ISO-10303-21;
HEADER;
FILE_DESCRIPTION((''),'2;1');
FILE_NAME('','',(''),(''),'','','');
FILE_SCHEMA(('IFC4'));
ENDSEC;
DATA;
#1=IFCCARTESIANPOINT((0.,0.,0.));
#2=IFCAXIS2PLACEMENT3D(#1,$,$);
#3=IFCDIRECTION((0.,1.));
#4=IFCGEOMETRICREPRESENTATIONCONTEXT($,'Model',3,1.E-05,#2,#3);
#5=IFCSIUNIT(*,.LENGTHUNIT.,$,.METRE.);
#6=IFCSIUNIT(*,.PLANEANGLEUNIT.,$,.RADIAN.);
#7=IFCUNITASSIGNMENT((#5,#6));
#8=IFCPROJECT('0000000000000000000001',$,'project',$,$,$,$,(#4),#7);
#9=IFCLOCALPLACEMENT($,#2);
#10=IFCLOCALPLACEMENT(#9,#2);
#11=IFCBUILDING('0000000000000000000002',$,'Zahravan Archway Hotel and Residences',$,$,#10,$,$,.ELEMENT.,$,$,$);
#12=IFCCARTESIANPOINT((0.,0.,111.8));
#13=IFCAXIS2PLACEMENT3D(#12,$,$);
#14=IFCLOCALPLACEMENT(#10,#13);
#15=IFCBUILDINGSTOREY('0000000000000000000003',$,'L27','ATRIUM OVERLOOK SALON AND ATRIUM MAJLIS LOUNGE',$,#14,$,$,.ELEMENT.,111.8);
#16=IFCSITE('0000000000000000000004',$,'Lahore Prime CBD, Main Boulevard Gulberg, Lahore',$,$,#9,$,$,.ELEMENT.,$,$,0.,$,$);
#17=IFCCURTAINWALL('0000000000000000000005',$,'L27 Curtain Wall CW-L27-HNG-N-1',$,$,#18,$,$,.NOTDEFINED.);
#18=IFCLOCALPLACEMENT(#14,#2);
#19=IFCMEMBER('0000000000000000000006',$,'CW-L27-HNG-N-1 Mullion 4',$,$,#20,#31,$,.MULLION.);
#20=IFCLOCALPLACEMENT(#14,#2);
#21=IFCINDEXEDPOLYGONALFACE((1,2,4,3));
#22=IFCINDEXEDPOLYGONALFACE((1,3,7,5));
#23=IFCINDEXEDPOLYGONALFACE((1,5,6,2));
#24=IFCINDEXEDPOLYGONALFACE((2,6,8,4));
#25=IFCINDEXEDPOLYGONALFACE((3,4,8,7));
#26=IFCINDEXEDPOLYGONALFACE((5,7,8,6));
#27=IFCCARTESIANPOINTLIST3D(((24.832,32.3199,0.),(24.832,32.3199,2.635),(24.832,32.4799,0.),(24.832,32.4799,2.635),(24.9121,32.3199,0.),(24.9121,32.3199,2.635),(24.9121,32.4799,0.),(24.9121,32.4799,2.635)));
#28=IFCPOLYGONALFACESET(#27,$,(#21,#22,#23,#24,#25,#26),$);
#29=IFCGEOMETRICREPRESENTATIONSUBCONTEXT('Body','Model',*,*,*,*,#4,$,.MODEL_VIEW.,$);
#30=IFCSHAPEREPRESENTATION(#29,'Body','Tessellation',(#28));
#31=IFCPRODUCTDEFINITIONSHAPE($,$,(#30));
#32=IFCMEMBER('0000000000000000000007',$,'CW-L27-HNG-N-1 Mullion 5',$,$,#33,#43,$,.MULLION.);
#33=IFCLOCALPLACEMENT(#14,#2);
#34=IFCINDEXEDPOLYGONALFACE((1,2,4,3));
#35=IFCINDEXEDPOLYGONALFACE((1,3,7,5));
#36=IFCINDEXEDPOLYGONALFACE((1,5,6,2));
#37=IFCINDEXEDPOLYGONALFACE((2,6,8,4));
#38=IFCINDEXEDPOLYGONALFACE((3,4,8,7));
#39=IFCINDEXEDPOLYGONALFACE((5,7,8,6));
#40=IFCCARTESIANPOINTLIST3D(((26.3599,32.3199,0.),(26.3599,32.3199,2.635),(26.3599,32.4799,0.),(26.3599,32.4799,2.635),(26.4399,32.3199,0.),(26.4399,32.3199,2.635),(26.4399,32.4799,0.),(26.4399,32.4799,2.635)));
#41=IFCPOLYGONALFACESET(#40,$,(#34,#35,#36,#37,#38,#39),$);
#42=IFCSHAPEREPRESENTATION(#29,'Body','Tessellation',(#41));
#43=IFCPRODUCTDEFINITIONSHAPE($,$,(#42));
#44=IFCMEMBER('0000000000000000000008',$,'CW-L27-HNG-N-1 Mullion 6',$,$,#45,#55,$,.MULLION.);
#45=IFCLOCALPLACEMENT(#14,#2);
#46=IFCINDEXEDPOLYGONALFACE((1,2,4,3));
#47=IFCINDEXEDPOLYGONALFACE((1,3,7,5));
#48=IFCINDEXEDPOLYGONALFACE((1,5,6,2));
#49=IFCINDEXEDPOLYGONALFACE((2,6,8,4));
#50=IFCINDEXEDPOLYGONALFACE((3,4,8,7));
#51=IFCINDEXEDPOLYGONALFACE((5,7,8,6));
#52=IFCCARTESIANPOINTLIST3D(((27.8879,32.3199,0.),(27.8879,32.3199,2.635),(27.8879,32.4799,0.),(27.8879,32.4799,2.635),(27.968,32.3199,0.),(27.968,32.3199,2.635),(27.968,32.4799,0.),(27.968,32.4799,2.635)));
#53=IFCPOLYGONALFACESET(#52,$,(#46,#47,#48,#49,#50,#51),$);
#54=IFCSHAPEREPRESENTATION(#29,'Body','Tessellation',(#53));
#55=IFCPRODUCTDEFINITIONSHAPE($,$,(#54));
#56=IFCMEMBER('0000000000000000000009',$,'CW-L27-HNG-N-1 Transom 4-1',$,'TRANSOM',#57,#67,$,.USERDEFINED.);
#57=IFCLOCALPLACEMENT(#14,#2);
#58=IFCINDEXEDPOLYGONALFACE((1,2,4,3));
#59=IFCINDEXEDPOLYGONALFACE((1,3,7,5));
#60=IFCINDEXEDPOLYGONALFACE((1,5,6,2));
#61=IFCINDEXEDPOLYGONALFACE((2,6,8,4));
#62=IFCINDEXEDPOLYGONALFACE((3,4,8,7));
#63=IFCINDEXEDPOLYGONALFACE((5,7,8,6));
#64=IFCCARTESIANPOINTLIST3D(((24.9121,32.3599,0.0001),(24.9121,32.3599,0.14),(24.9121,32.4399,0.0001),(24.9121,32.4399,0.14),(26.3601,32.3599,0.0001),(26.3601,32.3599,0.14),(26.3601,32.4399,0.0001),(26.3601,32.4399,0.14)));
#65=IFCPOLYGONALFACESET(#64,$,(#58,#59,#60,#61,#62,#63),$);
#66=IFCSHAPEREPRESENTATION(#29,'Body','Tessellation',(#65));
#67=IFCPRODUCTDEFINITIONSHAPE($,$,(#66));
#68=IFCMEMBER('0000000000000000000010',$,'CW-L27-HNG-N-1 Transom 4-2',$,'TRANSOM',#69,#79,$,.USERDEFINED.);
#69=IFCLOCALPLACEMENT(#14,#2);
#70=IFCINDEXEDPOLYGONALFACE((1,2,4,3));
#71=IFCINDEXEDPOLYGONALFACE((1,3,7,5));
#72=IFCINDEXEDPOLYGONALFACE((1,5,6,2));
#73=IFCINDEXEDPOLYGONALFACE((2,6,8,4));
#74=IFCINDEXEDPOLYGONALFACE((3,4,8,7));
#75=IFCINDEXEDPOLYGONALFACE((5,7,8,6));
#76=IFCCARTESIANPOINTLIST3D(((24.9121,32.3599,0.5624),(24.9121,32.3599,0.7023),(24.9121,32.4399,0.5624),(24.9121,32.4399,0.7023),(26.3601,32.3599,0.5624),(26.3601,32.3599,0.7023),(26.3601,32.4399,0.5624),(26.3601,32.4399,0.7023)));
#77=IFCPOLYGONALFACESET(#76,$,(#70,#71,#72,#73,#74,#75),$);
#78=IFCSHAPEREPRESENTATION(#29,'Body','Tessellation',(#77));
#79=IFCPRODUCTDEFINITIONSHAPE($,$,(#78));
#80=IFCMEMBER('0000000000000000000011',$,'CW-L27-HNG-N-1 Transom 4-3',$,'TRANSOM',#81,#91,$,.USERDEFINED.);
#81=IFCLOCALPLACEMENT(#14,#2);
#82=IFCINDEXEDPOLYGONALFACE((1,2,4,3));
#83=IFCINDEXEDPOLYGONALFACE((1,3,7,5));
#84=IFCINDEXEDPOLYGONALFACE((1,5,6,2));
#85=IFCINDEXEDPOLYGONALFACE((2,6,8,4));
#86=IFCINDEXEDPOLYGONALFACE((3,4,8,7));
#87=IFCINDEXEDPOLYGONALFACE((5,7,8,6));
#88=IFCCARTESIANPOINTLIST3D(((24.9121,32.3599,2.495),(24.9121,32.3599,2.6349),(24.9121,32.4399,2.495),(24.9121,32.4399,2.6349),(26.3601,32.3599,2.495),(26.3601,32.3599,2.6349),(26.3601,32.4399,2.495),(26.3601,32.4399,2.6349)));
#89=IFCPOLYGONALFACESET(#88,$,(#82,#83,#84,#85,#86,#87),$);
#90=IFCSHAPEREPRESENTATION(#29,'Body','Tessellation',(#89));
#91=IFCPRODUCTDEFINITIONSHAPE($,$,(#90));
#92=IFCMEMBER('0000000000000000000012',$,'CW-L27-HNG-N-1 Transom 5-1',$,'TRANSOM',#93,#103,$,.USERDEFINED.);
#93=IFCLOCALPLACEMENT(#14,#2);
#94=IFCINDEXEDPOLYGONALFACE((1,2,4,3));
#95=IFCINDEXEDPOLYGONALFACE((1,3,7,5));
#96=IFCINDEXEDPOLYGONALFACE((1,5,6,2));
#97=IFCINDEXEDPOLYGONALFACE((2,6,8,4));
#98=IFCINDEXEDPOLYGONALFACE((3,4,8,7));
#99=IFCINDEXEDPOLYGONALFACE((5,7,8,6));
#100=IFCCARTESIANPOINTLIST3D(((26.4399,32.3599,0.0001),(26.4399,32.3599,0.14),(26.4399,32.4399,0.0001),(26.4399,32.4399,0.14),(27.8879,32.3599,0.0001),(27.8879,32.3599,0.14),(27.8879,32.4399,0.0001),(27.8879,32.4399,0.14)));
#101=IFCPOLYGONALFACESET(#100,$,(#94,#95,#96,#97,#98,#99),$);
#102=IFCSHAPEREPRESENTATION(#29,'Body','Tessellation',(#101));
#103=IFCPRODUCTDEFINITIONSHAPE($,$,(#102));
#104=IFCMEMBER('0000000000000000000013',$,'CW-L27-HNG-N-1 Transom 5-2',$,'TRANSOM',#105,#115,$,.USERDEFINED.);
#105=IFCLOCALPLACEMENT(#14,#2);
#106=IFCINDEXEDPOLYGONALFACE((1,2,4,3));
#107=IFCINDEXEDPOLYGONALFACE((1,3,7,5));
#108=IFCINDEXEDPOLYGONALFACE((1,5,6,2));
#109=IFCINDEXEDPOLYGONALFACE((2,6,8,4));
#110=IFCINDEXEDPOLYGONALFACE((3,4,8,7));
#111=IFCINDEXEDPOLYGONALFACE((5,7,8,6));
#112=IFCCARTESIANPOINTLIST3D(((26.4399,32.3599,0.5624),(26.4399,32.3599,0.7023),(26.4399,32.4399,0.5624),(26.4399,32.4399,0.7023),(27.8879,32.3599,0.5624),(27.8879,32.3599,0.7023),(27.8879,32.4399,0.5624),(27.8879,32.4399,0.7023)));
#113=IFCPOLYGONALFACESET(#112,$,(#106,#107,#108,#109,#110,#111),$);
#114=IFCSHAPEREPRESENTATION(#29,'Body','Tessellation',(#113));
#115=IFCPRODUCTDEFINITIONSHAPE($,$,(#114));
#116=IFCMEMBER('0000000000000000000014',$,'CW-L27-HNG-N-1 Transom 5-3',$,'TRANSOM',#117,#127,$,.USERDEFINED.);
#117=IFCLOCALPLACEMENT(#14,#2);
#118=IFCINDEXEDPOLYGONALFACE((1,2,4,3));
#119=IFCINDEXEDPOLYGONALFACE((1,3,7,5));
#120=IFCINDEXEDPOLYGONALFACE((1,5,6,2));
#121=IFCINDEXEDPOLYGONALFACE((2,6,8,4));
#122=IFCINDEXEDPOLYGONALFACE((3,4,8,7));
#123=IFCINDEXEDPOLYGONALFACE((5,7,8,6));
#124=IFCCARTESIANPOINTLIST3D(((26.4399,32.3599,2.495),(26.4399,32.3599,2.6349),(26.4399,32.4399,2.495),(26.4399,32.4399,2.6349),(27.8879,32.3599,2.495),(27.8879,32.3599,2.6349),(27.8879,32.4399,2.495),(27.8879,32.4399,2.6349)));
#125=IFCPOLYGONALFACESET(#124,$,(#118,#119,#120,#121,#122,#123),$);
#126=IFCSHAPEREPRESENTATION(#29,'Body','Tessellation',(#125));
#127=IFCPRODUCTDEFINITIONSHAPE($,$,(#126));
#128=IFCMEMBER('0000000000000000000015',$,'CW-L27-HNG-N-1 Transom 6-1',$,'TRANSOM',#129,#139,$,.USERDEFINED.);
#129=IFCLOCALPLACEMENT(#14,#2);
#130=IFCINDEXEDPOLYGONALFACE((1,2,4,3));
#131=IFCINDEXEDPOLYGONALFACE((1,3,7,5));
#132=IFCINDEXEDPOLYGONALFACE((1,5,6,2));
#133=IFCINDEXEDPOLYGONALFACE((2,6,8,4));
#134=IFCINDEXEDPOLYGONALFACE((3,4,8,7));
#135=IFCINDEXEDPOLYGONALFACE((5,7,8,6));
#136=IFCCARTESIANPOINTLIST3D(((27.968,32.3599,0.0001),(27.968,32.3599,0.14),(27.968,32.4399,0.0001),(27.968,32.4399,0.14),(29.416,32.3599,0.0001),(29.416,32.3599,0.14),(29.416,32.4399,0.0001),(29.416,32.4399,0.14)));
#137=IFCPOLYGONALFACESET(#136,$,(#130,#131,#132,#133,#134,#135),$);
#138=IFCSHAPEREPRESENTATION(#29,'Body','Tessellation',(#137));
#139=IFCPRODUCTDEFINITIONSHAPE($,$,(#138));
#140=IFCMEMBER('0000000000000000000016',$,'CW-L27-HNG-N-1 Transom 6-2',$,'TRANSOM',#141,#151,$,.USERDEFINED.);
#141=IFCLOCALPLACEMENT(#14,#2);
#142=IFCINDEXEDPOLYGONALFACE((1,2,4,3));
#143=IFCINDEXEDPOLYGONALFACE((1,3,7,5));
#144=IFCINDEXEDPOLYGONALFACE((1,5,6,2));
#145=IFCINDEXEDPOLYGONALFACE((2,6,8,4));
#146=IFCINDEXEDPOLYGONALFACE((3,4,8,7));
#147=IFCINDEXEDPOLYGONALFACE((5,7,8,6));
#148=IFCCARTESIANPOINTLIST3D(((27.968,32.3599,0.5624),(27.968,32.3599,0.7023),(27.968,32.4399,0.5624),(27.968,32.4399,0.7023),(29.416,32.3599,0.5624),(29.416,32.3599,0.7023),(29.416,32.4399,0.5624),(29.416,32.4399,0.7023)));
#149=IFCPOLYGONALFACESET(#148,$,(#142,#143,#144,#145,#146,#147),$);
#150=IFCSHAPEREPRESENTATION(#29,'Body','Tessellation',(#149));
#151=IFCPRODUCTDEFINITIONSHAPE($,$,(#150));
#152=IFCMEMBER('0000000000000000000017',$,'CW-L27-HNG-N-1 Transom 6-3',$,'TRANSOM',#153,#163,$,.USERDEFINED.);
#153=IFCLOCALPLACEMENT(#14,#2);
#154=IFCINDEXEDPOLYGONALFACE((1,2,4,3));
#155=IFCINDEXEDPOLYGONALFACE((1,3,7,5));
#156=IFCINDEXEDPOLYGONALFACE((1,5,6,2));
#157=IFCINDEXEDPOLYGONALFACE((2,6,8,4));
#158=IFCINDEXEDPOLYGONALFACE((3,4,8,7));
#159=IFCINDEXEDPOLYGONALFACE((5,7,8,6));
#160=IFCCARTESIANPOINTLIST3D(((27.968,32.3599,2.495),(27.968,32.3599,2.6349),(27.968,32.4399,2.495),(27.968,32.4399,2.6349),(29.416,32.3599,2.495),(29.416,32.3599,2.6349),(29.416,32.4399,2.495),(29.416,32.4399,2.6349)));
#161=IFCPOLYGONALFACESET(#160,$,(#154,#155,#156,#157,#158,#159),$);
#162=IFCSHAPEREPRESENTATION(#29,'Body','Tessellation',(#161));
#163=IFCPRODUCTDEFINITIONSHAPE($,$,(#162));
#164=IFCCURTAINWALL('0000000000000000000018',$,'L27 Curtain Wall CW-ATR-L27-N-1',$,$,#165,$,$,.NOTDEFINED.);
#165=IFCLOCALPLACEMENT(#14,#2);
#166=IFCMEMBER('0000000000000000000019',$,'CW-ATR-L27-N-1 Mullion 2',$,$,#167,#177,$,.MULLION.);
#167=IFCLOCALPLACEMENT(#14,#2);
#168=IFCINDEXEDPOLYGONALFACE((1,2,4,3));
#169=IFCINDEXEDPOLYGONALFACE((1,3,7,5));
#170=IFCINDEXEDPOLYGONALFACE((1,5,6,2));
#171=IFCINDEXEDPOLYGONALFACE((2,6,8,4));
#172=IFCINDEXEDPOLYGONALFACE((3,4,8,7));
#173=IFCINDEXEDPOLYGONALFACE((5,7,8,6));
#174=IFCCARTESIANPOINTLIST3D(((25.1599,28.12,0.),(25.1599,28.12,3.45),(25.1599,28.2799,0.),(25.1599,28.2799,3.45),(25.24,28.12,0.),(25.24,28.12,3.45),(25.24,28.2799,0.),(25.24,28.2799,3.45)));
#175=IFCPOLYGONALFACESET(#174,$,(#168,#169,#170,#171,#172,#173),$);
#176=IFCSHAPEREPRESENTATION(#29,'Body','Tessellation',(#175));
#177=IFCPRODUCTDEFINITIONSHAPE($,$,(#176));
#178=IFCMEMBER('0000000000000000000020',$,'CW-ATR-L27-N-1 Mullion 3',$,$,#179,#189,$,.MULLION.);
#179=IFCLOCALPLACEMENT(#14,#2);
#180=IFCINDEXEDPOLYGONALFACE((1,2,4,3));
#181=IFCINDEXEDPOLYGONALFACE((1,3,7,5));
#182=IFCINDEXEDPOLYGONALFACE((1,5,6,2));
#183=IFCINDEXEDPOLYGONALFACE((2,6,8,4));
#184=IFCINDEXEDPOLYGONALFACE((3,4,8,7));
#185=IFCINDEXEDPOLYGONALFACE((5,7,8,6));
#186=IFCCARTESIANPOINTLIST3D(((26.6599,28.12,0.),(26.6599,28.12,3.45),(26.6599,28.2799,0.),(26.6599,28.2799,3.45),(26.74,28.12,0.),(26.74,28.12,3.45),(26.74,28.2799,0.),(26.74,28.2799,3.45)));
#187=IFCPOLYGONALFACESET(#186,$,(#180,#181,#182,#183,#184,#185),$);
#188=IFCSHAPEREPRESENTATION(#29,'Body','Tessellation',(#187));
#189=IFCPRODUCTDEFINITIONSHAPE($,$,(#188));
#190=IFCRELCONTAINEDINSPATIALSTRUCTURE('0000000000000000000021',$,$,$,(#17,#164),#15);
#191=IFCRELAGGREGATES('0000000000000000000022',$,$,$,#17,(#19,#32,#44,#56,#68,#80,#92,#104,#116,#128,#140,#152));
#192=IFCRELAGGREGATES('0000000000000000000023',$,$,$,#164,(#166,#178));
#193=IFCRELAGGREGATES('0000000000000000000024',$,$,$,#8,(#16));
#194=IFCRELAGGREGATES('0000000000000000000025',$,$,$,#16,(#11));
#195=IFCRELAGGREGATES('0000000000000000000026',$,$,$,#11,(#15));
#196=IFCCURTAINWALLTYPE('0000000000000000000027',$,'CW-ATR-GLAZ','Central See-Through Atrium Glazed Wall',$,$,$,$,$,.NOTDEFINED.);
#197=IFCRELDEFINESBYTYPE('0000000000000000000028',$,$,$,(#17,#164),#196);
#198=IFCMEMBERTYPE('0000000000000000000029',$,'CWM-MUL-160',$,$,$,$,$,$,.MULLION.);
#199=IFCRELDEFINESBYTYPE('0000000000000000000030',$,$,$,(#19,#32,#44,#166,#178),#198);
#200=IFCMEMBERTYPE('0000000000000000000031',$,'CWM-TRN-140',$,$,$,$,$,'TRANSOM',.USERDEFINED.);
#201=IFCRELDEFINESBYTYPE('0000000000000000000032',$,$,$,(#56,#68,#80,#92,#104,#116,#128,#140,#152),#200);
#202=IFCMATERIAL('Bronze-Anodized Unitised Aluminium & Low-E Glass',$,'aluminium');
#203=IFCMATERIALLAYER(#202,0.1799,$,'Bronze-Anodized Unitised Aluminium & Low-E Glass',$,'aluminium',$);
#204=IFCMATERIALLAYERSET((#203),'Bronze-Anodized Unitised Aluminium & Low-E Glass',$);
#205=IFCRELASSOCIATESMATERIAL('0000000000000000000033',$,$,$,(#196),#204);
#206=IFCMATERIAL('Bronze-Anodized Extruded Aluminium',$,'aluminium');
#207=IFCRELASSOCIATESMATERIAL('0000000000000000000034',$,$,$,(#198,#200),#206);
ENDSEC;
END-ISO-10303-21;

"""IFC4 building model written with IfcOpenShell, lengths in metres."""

from ifc_helpers import new_model, si_unit, direction, frame, origin, origin_2d, place, context, subcontext, project, spatial, rectangle, extrude, source, transform, mapped, material, layer, layer_set, material_profile, profile_set, type_object, element, aggregate, save


model = new_model("IFC4")

# Units and contexts
model_context = context("Model", 3, precision=1e-05, world=origin(), true_north=direction((0.0, 1.0)))
body_context = subcontext(model_context, "Body", "Model", "MODEL_VIEW")
ifc_project = project(units=[si_unit("LENGTHUNIT", "METRE"), si_unit("PLANEANGLEUNIT", "RADIAN")], contexts=[model_context])

# Site, building, storey
site_placement = place(None, origin())
site = spatial("IfcSite", under=ifc_project, at=site_placement, Name="Lahore Prime CBD, Main Boulevard Gulberg, Lahore", CompositionType="ELEMENT", RefElevation=0.0)
building_placement = place(site_placement, origin())
building = spatial("IfcBuilding", under=site, at=building_placement, Name="Zahravan Archway Hotel and Residences", CompositionType="ELEMENT")
storey_placement = place(building_placement, frame((0.0, 0.0, 111.8)))
storey = spatial("IfcBuildingStorey", under=building, at=storey_placement, Name="L27", Description="ATRIUM OVERLOOK SALON AND ATRIUM MAJLIS LOUNGE", CompositionType="ELEMENT", Elevation=111.8)

# Curtain walls, members
ifc_material_1 = material(Name="Bronze-Anodized Unitised Aluminium & Low-E Glass", Category="aluminium")
ifc_layer_1 = layer(ifc_material_1, 0.1799, Name="Bronze-Anodized Unitised Aluminium & Low-E Glass", Category="aluminium")
ifc_layer_set_1 = layer_set([ifc_layer_1], Name="Bronze-Anodized Unitised Aluminium & Low-E Glass")
curtain_wall_type = type_object("IfcCurtainWallType", Name="CW-ATR-GLAZ", Description="Central See-Through Atrium Glazed Wall", PredefinedType="NOTDEFINED", material=ifc_layer_set_1)
curtain_wall_1_placement = place(storey_placement, origin())
curtain_wall_1 = element("IfcCurtainWall", 1, at=curtain_wall_1_placement, inside=storey, type_object=curtain_wall_type, Name="L27 Curtain Wall CW-L27-HNG-N-1", PredefinedType="NOTDEFINED")
ifc_material_2 = material(Name="Bronze-Anodized Extruded Aluminium", Category="aluminium")
ifc_material_profile_1 = material_profile(ifc_material_2, rectangle(XDim=0.0801, YDim=0.1599, at=origin_2d()), Name="MUL 80x160", Category="aluminium")
ifc_profile_set_1 = profile_set([ifc_material_profile_1], Name="Bronze-Anodized Extruded Aluminium")
member_type_1 = type_object("IfcMemberType", Name="CWM-MUL-160", PredefinedType="MULLION", material=ifc_profile_set_1)
shared_shape_1 = source(origin(), body_context, "Body", "SweptSolid", [
    extrude(rectangle(XDim=0.0801, YDim=0.1599, at=origin_2d()), origin(), (0.0, 0.0, 1.0), 2.635),
])
member_1_placement = place(storey_placement, frame((24.8721, 32.3999, 0.0), z_axis=(0.0, 0.0, 1.0), x_axis=(1.0, 0.0, 0.0)))
member_1 = element("IfcMember", 2, at=member_1_placement, type_object=member_type_1, Name="CW-L27-HNG-N-1 Mullion 4", PredefinedType="MULLION", context=body_context, shape_type="MappedRepresentation", body=[
    mapped(shared_shape_1, transform((0.0, 0.0, 0.0), scale=1.0)),
])
member_2_placement = place(storey_placement, frame((26.3999, 32.3999, 0.0), z_axis=(0.0, 0.0, 1.0), x_axis=(1.0, 0.0, 0.0)))
member_2 = element("IfcMember", 3, at=member_2_placement, type_object=member_type_1, Name="CW-L27-HNG-N-1 Mullion 5", PredefinedType="MULLION", context=body_context, shape_type="MappedRepresentation", body=[
    mapped(shared_shape_1, transform((0.0, 0.0, 0.0), scale=1.0)),
])
member_3_placement = place(storey_placement, frame((27.928, 32.3999, 0.0), z_axis=(0.0, 0.0, 1.0), x_axis=(1.0, 0.0, 0.0)))
member_3 = element("IfcMember", 4, at=member_3_placement, type_object=member_type_1, Name="CW-L27-HNG-N-1 Mullion 6", PredefinedType="MULLION", context=body_context, shape_type="MappedRepresentation", body=[
    mapped(shared_shape_1, transform((0.0, 0.0, 0.0), scale=1.0)),
])
ifc_material_profile_2 = material_profile(ifc_material_2, rectangle(XDim=0.0801, YDim=0.1399, at=origin_2d()), Name="TRN 80x140", Category="aluminium")
ifc_profile_set_2 = profile_set([ifc_material_profile_2], Name="Bronze-Anodized Extruded Aluminium")
member_type_2 = type_object("IfcMemberType", Name="CWM-TRN-140", ElementType="TRANSOM", PredefinedType="USERDEFINED", material=ifc_profile_set_2)
shared_shape_2 = source(origin(), body_context, "Body", "SweptSolid", [
    extrude(rectangle(XDim=0.0801, YDim=0.1399, at=origin_2d()), origin(), (0.0, 0.0, 1.0), 1.448),
])
member_4_placement = place(storey_placement, frame((24.9121, 32.3999, 0.0701), z_axis=(1.0, 0.0, 0.0), x_axis=(0.0, 1.0, 0.0)))
member_4 = element("IfcMember", 5, at=member_4_placement, type_object=member_type_2, Name="CW-L27-HNG-N-1 Transom 4-1", ObjectType="TRANSOM", PredefinedType="USERDEFINED", context=body_context, shape_type="MappedRepresentation", body=[
    mapped(shared_shape_2, transform((0.0, 0.0, 0.0), scale=1.0)),
])
member_5_placement = place(storey_placement, frame((24.9121, 32.3999, 0.6323), z_axis=(1.0, 0.0, 0.0), x_axis=(0.0, 1.0, 0.0)))
member_5 = element("IfcMember", 6, at=member_5_placement, type_object=member_type_2, Name="CW-L27-HNG-N-1 Transom 4-2", ObjectType="TRANSOM", PredefinedType="USERDEFINED", context=body_context, shape_type="MappedRepresentation", body=[
    mapped(shared_shape_2, transform((0.0, 0.0, 0.0), scale=1.0)),
])
member_6_placement = place(storey_placement, frame((24.9121, 32.3999, 2.5649), z_axis=(1.0, 0.0, 0.0), x_axis=(0.0, 1.0, 0.0)))
member_6 = element("IfcMember", 7, at=member_6_placement, type_object=member_type_2, Name="CW-L27-HNG-N-1 Transom 4-3", ObjectType="TRANSOM", PredefinedType="USERDEFINED", context=body_context, shape_type="MappedRepresentation", body=[
    mapped(shared_shape_2, transform((0.0, 0.0, 0.0), scale=1.0)),
])
member_7_placement = place(storey_placement, frame((26.4399, 32.3999, 0.0701), z_axis=(1.0, 0.0, 0.0), x_axis=(0.0, 1.0, 0.0)))
member_7 = element("IfcMember", 8, at=member_7_placement, type_object=member_type_2, Name="CW-L27-HNG-N-1 Transom 5-1", ObjectType="TRANSOM", PredefinedType="USERDEFINED", context=body_context, shape_type="MappedRepresentation", body=[
    mapped(shared_shape_2, transform((0.0, 0.0, 0.0), scale=1.0)),
])
member_8_placement = place(storey_placement, frame((26.4399, 32.3999, 0.6323), z_axis=(1.0, 0.0, 0.0), x_axis=(0.0, 1.0, 0.0)))
member_8 = element("IfcMember", 9, at=member_8_placement, type_object=member_type_2, Name="CW-L27-HNG-N-1 Transom 5-2", ObjectType="TRANSOM", PredefinedType="USERDEFINED", context=body_context, shape_type="MappedRepresentation", body=[
    mapped(shared_shape_2, transform((0.0, 0.0, 0.0), scale=1.0)),
])
member_9_placement = place(storey_placement, frame((26.4399, 32.3999, 2.5649), z_axis=(1.0, 0.0, 0.0), x_axis=(0.0, 1.0, 0.0)))
member_9 = element("IfcMember", 10, at=member_9_placement, type_object=member_type_2, Name="CW-L27-HNG-N-1 Transom 5-3", ObjectType="TRANSOM", PredefinedType="USERDEFINED", context=body_context, shape_type="MappedRepresentation", body=[
    mapped(shared_shape_2, transform((0.0, 0.0, 0.0), scale=1.0)),
])
member_10_placement = place(storey_placement, frame((27.968, 32.3999, 0.0701), z_axis=(1.0, 0.0, 0.0), x_axis=(0.0, 1.0, 0.0)))
member_10 = element("IfcMember", 11, at=member_10_placement, type_object=member_type_2, Name="CW-L27-HNG-N-1 Transom 6-1", ObjectType="TRANSOM", PredefinedType="USERDEFINED", context=body_context, shape_type="MappedRepresentation", body=[
    mapped(shared_shape_2, transform((0.0, 0.0, 0.0), scale=1.0)),
])
member_11_placement = place(storey_placement, frame((27.968, 32.3999, 0.6323), z_axis=(1.0, 0.0, 0.0), x_axis=(0.0, 1.0, 0.0)))
member_11 = element("IfcMember", 12, at=member_11_placement, type_object=member_type_2, Name="CW-L27-HNG-N-1 Transom 6-2", ObjectType="TRANSOM", PredefinedType="USERDEFINED", context=body_context, shape_type="MappedRepresentation", body=[
    mapped(shared_shape_2, transform((0.0, 0.0, 0.0), scale=1.0)),
])
member_12_placement = place(storey_placement, frame((27.968, 32.3999, 2.5649), z_axis=(1.0, 0.0, 0.0), x_axis=(0.0, 1.0, 0.0)))
member_12 = element("IfcMember", 13, at=member_12_placement, type_object=member_type_2, Name="CW-L27-HNG-N-1 Transom 6-3", ObjectType="TRANSOM", PredefinedType="USERDEFINED", context=body_context, shape_type="MappedRepresentation", body=[
    mapped(shared_shape_2, transform((0.0, 0.0, 0.0), scale=1.0)),
])
curtain_wall_2_placement = place(storey_placement, origin())
curtain_wall_2 = element("IfcCurtainWall", 14, at=curtain_wall_2_placement, inside=storey, type_object=curtain_wall_type, Name="L27 Curtain Wall CW-ATR-L27-N-1", PredefinedType="NOTDEFINED")
shared_shape_3 = source(origin(), body_context, "Body", "SweptSolid", [
    extrude(rectangle(XDim=0.0801, YDim=0.1599, at=origin_2d()), origin(), (0.0, 0.0, 1.0), 3.45),
])
member_13_placement = place(storey_placement, frame((25.2, 28.2, 0.0), z_axis=(0.0, 0.0, 1.0), x_axis=(1.0, 0.0, 0.0)))
member_13 = element("IfcMember", 15, at=member_13_placement, type_object=member_type_1, Name="CW-ATR-L27-N-1 Mullion 2", PredefinedType="MULLION", context=body_context, shape_type="MappedRepresentation", body=[
    mapped(shared_shape_3, transform((0.0, 0.0, 0.0), scale=1.0)),
])
member_14_placement = place(storey_placement, frame((26.7, 28.2, 0.0), z_axis=(0.0, 0.0, 1.0), x_axis=(1.0, 0.0, 0.0)))
member_14 = element("IfcMember", 16, at=member_14_placement, type_object=member_type_1, Name="CW-ATR-L27-N-1 Mullion 3", PredefinedType="MULLION", context=body_context, shape_type="MappedRepresentation", body=[
    mapped(shared_shape_3, transform((0.0, 0.0, 0.0), scale=1.0)),
])

aggregate(curtain_wall_1, [member_1, member_2, member_3, member_4, member_5, member_6, member_7, member_8, member_9, member_10, member_11, member_12])
aggregate(curtain_wall_2, [member_13, member_14])

save(model, "model.ifc")
